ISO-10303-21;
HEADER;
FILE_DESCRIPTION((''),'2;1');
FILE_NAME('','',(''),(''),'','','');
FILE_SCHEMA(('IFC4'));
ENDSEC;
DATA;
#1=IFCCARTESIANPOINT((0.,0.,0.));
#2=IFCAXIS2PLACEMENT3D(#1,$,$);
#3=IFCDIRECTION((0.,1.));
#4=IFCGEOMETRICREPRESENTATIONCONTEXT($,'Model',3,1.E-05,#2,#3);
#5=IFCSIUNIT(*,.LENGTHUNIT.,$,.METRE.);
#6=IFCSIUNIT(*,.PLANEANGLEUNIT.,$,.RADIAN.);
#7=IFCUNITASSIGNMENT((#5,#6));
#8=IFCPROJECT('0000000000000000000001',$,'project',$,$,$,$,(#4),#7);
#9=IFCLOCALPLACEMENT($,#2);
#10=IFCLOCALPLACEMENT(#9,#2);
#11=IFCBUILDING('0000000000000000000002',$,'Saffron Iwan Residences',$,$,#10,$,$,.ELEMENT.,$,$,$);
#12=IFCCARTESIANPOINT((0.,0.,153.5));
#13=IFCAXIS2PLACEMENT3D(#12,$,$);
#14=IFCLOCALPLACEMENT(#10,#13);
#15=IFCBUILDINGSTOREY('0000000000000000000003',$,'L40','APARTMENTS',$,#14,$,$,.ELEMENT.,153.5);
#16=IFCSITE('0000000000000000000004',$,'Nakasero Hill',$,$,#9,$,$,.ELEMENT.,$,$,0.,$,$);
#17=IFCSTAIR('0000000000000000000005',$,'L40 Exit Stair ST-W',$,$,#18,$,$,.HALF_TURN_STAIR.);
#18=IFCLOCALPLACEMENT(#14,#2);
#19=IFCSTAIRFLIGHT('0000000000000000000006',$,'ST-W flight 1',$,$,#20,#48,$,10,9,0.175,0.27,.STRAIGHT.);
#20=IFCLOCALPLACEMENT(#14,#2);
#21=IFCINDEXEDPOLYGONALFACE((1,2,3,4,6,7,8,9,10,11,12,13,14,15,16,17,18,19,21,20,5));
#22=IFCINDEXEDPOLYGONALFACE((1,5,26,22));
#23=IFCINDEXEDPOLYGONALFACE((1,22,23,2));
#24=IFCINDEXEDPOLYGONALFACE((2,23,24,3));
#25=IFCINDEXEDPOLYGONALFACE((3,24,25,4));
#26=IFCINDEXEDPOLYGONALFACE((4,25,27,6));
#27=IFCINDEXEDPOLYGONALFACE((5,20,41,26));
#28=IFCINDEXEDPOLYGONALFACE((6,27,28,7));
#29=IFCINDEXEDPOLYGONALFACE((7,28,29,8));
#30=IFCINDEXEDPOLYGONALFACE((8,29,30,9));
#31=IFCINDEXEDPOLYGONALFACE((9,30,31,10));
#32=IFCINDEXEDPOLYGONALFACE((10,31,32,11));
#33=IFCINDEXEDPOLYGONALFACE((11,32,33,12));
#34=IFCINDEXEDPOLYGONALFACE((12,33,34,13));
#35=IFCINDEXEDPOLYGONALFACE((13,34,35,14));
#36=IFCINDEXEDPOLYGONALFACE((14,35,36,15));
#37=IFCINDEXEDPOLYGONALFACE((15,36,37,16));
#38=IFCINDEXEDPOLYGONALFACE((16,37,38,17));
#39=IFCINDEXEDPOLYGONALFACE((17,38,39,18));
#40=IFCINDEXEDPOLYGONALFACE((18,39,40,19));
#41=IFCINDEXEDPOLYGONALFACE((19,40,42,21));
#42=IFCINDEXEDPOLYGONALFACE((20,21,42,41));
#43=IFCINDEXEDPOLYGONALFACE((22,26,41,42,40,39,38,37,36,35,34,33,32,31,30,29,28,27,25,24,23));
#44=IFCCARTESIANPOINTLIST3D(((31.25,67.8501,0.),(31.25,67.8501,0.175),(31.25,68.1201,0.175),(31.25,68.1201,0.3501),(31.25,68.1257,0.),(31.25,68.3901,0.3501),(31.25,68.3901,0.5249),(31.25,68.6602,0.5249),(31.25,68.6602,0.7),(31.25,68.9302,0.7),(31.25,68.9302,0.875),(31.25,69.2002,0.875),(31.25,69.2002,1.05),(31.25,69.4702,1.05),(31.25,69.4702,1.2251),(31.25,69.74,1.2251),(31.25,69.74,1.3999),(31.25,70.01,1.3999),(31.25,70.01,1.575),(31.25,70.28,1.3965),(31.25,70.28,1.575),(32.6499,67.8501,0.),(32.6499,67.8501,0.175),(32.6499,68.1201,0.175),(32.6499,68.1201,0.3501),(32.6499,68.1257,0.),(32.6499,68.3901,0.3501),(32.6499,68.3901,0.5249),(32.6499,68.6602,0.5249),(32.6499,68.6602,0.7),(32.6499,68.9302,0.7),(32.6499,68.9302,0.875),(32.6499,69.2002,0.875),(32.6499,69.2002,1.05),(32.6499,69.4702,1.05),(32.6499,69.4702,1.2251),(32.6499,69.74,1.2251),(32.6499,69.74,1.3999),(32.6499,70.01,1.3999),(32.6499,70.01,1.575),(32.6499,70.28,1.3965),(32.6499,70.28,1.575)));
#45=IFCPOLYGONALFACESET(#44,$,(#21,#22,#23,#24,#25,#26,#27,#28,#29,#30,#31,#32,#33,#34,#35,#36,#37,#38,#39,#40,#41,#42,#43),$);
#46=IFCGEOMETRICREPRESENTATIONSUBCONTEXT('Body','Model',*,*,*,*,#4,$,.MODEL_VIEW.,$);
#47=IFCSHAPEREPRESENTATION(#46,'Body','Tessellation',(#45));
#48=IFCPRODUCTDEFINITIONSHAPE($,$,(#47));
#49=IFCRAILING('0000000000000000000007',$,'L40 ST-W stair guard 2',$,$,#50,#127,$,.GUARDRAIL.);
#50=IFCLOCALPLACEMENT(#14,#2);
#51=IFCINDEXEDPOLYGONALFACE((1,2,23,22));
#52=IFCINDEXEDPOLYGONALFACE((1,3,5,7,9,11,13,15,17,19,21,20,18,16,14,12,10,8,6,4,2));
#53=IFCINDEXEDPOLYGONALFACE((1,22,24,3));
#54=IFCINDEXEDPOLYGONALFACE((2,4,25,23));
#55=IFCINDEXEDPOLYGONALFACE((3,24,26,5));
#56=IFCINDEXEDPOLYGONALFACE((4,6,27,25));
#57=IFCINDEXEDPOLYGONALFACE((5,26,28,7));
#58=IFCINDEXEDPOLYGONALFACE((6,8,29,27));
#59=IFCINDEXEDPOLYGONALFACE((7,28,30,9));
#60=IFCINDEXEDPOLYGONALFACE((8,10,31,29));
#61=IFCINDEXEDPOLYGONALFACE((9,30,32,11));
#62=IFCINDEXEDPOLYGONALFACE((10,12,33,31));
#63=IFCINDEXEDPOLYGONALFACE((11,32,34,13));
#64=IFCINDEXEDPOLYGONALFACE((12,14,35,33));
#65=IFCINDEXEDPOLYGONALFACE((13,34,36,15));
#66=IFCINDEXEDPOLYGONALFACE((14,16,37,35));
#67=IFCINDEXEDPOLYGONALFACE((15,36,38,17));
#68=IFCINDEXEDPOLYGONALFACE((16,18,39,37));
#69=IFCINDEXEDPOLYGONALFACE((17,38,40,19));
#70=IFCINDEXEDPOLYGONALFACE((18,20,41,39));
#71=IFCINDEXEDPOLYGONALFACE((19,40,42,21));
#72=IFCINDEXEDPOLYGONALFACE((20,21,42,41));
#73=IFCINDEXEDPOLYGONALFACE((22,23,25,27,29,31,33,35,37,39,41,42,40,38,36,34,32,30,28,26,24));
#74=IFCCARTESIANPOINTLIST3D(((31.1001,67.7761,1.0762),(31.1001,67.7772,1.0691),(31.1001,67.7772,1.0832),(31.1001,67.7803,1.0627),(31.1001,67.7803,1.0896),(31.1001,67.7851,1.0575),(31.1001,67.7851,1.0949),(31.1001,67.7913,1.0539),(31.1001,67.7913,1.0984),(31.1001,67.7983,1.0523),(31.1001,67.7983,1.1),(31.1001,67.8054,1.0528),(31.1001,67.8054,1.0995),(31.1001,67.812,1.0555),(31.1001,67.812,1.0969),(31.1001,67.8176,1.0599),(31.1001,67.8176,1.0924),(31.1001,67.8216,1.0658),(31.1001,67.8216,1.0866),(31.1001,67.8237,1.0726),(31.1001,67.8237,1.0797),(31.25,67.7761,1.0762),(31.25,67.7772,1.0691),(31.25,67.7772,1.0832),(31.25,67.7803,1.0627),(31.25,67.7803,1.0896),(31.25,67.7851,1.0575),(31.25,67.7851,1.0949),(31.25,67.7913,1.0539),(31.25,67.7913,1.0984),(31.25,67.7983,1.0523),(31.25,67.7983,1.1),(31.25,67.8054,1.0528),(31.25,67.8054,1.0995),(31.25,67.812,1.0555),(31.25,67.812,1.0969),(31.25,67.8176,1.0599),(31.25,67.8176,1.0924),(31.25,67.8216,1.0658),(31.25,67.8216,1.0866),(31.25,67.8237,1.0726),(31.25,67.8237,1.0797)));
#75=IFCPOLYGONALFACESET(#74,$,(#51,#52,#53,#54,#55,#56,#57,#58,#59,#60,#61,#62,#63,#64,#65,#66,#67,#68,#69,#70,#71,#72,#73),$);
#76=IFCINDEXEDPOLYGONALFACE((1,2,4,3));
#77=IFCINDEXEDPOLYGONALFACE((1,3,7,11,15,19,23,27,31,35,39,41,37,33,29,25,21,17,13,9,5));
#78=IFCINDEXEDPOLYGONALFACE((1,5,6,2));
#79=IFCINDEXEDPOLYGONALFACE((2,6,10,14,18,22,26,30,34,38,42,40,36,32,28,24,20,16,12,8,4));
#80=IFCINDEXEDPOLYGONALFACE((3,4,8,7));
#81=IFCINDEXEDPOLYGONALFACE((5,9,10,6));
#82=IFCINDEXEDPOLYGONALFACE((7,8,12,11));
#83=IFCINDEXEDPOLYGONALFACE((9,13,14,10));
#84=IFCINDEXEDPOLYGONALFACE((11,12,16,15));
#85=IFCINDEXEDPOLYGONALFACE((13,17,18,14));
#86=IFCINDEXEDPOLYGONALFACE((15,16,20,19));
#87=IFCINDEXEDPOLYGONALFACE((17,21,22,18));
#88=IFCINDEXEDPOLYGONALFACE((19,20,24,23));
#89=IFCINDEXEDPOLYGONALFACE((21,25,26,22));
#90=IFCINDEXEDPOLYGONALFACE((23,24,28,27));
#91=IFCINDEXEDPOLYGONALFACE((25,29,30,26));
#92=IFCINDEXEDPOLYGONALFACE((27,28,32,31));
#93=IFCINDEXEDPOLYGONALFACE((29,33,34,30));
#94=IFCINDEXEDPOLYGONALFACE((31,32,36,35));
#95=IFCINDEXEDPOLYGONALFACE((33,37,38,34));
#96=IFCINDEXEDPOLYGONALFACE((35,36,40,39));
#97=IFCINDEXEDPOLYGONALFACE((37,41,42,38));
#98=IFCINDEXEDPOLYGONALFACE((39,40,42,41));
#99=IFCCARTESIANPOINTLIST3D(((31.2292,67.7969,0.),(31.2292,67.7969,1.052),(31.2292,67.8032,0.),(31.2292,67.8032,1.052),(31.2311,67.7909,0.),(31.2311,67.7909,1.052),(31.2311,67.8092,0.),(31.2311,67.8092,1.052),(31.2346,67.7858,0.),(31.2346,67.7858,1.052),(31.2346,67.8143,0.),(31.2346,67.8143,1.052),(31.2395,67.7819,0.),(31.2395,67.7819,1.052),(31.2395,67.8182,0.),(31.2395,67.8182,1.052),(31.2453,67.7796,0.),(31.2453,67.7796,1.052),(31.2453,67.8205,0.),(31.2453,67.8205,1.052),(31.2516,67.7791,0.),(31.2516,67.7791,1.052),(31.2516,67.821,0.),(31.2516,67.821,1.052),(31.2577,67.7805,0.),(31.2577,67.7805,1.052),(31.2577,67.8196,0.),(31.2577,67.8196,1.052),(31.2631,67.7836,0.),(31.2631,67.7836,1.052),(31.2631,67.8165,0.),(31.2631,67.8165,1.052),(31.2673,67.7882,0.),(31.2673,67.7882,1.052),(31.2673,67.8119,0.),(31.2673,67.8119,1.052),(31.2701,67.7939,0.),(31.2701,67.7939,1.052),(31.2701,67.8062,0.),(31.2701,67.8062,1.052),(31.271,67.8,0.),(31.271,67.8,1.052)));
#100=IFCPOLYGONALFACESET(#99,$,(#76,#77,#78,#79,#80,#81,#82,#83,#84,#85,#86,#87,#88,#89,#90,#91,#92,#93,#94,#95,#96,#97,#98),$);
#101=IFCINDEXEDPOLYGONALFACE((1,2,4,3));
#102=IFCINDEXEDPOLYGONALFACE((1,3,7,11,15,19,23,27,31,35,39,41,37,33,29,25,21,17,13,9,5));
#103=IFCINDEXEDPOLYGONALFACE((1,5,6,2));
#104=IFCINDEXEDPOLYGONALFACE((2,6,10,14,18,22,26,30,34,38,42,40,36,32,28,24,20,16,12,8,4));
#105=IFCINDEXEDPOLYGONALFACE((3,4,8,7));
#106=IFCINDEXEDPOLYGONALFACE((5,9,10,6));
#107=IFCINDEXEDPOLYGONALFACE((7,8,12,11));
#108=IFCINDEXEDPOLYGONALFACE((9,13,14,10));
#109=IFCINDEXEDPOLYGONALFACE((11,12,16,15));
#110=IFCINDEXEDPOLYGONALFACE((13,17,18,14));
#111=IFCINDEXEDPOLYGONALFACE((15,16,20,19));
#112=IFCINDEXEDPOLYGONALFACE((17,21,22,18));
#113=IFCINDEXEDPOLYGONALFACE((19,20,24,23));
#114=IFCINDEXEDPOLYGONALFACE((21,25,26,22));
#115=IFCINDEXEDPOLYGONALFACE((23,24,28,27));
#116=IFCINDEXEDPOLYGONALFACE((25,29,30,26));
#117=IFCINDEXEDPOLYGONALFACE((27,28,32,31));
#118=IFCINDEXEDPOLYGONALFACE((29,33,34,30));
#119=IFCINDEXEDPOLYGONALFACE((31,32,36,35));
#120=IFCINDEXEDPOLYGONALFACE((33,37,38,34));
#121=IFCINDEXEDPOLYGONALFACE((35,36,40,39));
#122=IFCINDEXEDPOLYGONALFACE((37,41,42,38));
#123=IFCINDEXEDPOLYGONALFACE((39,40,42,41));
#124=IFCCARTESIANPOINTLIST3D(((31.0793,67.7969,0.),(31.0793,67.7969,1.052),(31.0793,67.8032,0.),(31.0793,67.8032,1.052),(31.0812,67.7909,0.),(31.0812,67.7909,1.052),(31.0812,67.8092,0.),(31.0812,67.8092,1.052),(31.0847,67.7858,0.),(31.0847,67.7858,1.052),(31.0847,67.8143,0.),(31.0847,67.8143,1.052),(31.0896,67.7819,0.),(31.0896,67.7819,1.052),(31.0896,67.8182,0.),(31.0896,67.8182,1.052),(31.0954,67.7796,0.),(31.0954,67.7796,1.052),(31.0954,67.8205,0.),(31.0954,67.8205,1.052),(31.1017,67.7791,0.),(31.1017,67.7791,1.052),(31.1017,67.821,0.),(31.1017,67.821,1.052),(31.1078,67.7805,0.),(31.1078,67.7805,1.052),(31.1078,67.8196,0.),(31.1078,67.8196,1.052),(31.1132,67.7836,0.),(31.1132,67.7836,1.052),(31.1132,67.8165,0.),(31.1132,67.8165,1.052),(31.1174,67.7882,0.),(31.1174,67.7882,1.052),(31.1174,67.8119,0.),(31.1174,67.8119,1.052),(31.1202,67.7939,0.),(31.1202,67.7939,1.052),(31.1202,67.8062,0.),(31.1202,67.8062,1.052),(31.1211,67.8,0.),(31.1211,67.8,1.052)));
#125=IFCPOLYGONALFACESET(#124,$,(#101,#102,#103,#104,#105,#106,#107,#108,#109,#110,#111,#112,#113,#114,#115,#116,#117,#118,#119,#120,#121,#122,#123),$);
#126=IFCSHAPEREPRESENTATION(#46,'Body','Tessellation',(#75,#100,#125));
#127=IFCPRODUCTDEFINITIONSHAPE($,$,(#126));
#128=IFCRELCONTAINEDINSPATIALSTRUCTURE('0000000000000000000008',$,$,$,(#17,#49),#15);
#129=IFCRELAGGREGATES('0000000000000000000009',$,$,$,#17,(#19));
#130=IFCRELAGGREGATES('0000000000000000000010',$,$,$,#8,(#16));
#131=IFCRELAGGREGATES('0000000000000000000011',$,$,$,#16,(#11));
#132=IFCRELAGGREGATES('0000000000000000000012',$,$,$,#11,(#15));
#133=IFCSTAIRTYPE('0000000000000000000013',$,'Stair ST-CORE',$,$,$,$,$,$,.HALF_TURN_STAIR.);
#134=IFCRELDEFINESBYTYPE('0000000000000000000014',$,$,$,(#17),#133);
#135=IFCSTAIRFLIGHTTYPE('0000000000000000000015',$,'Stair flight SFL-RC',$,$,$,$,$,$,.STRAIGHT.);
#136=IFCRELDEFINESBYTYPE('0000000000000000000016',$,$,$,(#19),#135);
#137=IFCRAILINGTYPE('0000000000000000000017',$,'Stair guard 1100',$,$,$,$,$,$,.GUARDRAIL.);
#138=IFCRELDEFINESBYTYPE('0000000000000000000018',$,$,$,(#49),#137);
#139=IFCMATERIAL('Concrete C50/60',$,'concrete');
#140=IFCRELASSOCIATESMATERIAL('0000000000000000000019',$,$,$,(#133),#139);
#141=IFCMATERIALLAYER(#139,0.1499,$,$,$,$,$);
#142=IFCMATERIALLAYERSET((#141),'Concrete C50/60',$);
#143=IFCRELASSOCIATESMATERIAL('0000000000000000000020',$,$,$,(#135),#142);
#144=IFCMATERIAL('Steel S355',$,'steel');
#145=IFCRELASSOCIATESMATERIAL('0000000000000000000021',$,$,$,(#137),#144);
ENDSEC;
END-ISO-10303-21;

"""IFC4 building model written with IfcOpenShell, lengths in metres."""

from ifc_helpers import new_model, si_unit, direction, frame, origin, origin_2d, place, context, subcontext, project, spatial, polyline, circle, outline, extrude, material, layer, layer_set, type_object, element, aggregate, save


model = new_model("IFC4")

# Units and contexts
model_context = context("Model", 3, precision=1e-05, world=origin(), true_north=direction((0.0, 1.0)))
body_context = subcontext(model_context, "Body", "Model", "MODEL_VIEW")
ifc_project = project(units=[si_unit("LENGTHUNIT", "METRE"), si_unit("PLANEANGLEUNIT", "RADIAN")], contexts=[model_context])

# Site, building, storey
site_placement = place(None, origin())
site = spatial("IfcSite", under=ifc_project, at=site_placement, Name="Nakasero Hill", CompositionType="ELEMENT", RefElevation=0.0)
building_placement = place(site_placement, origin())
building = spatial("IfcBuilding", under=site, at=building_placement, Name="Saffron Iwan Residences", CompositionType="ELEMENT")
storey_placement = place(building_placement, frame((0.0, 0.0, 153.5)))
storey = spatial("IfcBuildingStorey", under=building, at=storey_placement, Name="L40", Description="APARTMENTS", CompositionType="ELEMENT", Elevation=153.5)

# Shared definitions
ifc_material_1 = material(Name="Concrete C50/60", Category="concrete")

# Stair, stair flight
stair_type = type_object("IfcStairType", Name="Stair ST-CORE", PredefinedType="HALF_TURN_STAIR", material=ifc_material_1)
stair_placement = place(storey_placement, origin())
stair = element("IfcStair", 1, at=stair_placement, inside=storey, type_object=stair_type, Name="L40 Exit Stair ST-W", PredefinedType="HALF_TURN_STAIR")
ifc_layer_1 = layer(ifc_material_1, 0.1499)
ifc_layer_set_1 = layer_set([ifc_layer_1], Name="Concrete C50/60")
stair_flight_type = type_object("IfcStairFlightType", Name="Stair flight SFL-RC", PredefinedType="STRAIGHT", material=ifc_layer_set_1)
stair_flight_placement = place(storey_placement, frame((31.95, 67.8501, 0.0), z_axis=(0.0, 0.0, 1.0), x_axis=(0.0, 1.0, 0.0)))
stair_flight = element("IfcStairFlight", 2, at=stair_flight_placement, type_object=stair_flight_type, Name="ST-W flight 1", NumberOfRisers=10, NumberOfTreads=9, PredefinedType="STRAIGHT", RiserHeight=0.175, TreadLength=0.27, context=body_context, shape_type="SweptSolid", body=[
    extrude(outline(polyline([(0.0, 0.0), (0.0, 0.175), (0.27, 0.175), (0.27, 0.3501), (0.54, 0.3501), (0.54, 0.5249), (0.8101, 0.5249), (0.8101, 0.7), (1.0801, 0.7), (1.0801, 0.875), (1.3501, 0.875), (1.3501, 1.05), (1.6201, 1.05), (1.6201, 1.2251), (1.8899, 1.2251), (1.8899, 1.3999), (2.1599, 1.3999), (2.1599, 1.575), (2.4299, 1.575), (2.4299, 1.75), (2.4299, 1.3965), (0.2756, 0.0), (0.0, 0.0)])), frame((0.0, 0.7, 0.0), z_axis=(0.0, -1.0, 0.0), x_axis=(1.0, 0.0, 0.0)), (0.0, 0.0, 1.0), 1.3999),
])
aggregate(stair, [stair_flight])

# Railing
ifc_material_2 = material(Name="Steel S355", Category="steel")
railing_type_1 = type_object("IfcRailingType", Name="Stair guard 1100", PredefinedType="GUARDRAIL", material=ifc_material_2)
railing_1_placement = place(storey_placement, frame((31.25, 67.8, 0.0)))
element("IfcRailing", 3, at=railing_1_placement, inside=storey, type_object=railing_type_1, Name="L40 ST-W stair guard 2", PredefinedType="GUARDRAIL", context=body_context, shape_type="SweptSolid", body=[
    extrude(circle(Radius=0.0239, at=origin_2d()), frame((0.0, 0.0, 1.0762), z_axis=(-1.0, 0.0, 0.0), x_axis=(0.0, -1.0, 0.0)), (0.0, 0.0, 1.0), 0.1499),
    extrude(circle(Radius=0.021, at=origin_2d()), origin(), (0.0, 0.0, 1.0), 1.052),
    extrude(circle(Radius=0.021, at=origin_2d()), frame((-0.1499, 0.0, 0.0)), (0.0, 0.0, 1.0), 1.052),
])

save(model, "model.ifc")
